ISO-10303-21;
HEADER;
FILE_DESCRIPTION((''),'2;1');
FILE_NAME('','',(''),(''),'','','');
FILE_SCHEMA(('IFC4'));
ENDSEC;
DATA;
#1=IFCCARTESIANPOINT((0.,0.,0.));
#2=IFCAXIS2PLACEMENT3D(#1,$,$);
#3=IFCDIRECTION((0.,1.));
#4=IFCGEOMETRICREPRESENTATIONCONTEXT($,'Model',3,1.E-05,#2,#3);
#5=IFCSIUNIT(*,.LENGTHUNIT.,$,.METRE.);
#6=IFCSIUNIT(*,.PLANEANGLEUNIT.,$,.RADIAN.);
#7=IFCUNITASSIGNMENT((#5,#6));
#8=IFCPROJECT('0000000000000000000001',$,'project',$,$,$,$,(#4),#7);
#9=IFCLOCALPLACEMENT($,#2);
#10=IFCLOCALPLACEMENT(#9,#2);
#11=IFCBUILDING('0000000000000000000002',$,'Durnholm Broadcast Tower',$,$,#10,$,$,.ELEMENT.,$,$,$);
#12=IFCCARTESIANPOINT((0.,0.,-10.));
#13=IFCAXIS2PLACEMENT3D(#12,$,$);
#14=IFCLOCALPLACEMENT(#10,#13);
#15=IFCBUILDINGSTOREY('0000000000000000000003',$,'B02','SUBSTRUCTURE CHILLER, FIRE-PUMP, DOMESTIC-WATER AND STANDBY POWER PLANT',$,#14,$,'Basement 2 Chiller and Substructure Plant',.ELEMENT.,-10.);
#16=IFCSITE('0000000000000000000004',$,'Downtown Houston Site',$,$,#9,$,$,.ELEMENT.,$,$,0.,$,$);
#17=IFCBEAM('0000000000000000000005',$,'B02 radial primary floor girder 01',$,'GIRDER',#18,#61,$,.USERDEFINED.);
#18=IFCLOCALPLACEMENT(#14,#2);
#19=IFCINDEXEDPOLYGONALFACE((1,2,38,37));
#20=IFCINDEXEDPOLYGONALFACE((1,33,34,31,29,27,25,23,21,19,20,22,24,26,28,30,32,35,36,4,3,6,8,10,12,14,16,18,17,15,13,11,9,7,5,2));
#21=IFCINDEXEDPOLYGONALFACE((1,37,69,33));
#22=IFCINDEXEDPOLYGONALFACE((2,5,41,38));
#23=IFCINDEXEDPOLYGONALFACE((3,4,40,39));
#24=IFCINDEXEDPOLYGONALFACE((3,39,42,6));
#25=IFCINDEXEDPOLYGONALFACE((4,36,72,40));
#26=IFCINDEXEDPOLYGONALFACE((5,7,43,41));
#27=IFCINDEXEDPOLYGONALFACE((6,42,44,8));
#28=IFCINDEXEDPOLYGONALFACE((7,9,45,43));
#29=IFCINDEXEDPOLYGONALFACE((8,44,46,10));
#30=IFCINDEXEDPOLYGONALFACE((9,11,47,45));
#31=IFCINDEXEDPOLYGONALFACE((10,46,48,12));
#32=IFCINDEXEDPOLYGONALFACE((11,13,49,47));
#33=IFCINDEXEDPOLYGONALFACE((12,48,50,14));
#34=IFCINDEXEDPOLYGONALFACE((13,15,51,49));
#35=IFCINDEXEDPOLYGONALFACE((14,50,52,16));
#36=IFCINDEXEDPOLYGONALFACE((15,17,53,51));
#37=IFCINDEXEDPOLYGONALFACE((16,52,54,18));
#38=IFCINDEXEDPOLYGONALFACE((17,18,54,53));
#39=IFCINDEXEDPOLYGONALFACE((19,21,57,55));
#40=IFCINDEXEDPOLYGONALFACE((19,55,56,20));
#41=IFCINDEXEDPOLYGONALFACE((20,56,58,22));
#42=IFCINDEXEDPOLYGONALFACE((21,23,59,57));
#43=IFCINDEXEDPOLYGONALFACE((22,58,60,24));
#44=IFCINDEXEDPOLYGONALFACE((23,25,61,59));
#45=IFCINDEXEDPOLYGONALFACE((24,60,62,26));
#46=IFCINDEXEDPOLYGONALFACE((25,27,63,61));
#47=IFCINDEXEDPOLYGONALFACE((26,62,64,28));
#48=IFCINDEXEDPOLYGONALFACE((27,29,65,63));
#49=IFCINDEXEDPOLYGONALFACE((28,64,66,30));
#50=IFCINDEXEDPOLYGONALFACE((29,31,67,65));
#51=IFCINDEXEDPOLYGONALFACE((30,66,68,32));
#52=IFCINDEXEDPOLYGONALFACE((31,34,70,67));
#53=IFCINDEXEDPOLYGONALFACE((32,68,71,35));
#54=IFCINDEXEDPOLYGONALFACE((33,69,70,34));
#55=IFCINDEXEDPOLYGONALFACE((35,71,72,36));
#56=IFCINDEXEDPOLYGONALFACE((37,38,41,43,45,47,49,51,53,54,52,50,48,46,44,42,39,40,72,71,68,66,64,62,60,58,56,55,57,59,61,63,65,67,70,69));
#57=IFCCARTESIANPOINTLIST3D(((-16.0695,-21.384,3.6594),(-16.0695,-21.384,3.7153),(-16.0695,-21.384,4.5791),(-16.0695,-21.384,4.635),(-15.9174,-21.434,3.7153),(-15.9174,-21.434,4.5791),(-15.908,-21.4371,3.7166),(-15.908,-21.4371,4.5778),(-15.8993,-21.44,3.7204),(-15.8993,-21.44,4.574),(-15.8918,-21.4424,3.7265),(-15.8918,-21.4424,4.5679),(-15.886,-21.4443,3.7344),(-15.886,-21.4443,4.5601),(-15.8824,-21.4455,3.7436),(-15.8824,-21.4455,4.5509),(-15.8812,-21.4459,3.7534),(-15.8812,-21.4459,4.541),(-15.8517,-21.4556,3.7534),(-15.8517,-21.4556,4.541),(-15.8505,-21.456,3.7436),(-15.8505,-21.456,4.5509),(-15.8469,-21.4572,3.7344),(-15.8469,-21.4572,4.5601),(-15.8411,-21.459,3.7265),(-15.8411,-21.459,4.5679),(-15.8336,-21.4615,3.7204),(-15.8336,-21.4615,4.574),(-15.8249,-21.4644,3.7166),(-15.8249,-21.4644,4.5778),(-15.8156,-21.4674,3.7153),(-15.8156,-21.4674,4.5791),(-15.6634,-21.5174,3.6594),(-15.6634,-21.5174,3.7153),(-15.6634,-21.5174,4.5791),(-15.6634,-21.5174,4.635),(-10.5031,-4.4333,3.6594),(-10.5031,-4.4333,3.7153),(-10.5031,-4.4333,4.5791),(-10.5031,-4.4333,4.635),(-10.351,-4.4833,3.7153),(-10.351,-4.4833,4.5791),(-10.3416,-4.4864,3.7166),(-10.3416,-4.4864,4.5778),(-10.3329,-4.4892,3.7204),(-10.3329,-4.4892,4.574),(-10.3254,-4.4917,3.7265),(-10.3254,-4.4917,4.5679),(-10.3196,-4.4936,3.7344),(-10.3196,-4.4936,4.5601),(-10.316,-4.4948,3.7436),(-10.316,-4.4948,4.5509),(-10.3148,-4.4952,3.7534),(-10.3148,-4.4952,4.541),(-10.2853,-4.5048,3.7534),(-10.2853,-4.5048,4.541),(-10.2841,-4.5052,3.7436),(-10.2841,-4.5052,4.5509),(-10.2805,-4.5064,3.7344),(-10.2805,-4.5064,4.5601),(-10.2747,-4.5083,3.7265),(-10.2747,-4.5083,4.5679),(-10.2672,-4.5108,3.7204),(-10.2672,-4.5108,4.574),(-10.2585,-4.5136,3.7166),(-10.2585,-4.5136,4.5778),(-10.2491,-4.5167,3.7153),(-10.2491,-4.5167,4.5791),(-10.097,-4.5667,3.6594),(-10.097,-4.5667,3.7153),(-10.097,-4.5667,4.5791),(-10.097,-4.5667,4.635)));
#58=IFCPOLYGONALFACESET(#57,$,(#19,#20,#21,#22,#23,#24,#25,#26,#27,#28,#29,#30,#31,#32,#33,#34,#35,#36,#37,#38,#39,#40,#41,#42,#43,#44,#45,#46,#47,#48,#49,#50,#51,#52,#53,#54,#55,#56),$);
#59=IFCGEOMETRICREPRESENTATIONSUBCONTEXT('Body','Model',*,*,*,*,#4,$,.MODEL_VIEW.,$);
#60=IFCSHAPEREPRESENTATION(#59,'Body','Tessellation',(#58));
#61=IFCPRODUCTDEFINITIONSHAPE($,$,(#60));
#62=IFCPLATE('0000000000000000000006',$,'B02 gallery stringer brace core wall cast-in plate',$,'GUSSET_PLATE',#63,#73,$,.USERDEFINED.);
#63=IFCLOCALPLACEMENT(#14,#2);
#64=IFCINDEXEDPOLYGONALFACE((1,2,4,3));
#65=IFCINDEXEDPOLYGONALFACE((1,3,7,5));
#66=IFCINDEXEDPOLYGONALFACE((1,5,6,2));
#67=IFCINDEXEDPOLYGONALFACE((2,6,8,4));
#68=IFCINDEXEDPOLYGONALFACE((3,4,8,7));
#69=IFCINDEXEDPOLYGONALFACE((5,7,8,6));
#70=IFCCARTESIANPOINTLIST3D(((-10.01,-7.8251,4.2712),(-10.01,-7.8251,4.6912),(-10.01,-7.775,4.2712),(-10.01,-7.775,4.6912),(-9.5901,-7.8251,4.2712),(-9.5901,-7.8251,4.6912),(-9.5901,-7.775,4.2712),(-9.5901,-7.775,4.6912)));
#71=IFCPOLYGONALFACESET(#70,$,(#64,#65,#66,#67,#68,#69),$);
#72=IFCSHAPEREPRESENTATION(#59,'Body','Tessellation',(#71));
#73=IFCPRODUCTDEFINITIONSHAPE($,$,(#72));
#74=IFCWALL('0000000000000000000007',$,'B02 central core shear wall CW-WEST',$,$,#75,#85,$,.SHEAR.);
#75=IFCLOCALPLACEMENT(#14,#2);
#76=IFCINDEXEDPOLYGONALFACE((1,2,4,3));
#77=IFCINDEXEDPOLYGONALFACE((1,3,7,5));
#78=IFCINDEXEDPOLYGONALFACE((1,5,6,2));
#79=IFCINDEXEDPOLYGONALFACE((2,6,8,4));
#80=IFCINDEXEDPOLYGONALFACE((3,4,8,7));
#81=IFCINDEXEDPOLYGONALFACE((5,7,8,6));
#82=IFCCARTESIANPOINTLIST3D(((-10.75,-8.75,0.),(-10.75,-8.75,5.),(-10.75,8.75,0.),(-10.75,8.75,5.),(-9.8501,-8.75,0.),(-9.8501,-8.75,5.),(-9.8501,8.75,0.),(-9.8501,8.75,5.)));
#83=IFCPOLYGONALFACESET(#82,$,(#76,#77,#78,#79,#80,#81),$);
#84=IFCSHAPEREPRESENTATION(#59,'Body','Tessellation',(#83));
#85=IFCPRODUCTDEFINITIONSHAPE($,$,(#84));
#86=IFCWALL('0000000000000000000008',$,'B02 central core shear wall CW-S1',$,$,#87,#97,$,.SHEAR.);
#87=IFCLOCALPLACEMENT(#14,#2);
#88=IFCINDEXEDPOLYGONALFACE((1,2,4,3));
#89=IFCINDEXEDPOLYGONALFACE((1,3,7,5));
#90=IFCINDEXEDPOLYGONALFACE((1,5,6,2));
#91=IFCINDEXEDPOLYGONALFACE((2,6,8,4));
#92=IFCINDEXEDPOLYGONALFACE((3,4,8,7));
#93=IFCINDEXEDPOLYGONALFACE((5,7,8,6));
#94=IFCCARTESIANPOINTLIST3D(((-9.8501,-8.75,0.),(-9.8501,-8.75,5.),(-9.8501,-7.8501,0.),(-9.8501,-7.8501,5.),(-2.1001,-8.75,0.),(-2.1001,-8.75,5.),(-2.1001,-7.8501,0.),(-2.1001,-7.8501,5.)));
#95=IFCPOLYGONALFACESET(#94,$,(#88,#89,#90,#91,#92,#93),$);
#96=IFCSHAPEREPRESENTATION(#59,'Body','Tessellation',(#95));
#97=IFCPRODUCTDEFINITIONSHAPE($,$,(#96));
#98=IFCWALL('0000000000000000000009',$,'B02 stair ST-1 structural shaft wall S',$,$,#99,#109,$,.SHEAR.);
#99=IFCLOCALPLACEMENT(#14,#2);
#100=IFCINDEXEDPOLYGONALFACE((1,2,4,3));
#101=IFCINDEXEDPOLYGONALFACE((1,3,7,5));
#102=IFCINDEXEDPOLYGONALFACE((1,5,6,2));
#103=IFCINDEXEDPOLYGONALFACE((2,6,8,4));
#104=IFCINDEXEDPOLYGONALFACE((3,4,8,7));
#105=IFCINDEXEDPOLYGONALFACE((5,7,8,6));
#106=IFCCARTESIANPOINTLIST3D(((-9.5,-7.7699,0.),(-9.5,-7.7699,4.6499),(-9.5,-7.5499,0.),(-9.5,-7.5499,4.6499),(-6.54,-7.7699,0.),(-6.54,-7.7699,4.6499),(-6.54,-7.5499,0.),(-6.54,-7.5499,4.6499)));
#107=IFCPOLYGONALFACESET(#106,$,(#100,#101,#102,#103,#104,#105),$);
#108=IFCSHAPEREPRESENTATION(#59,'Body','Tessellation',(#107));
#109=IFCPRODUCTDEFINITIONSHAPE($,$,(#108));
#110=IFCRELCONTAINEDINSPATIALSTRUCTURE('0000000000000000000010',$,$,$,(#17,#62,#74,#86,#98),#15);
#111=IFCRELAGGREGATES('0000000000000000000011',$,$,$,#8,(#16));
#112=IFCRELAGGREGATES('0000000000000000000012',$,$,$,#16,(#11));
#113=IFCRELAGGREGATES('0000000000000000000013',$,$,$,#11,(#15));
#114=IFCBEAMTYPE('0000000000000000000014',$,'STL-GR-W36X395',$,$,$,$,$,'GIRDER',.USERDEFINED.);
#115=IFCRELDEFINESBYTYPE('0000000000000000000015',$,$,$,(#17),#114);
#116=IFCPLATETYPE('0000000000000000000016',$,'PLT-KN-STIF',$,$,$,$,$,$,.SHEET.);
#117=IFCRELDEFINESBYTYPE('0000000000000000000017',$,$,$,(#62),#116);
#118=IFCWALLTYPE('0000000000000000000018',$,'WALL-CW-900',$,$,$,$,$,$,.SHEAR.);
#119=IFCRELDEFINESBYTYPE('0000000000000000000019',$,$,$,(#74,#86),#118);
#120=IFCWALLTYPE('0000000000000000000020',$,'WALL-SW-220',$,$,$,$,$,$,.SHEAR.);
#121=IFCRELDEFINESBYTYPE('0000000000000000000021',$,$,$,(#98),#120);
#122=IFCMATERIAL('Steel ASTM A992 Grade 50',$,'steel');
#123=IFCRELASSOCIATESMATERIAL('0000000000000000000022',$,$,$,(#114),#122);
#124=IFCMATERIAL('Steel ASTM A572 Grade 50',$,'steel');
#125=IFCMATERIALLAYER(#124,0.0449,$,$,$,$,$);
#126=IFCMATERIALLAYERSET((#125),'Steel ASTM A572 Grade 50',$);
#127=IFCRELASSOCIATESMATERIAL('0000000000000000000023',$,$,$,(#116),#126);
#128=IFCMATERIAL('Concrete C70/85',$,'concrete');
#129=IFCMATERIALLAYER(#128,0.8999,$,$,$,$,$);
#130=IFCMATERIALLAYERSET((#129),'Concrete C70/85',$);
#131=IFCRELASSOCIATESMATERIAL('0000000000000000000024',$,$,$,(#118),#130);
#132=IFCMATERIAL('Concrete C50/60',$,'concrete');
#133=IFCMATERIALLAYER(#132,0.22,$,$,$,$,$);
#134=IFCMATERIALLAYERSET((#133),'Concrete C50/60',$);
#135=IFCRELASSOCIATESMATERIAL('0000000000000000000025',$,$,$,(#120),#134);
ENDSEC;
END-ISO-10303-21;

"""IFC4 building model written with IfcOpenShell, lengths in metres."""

from ifc_helpers import new_model, si_unit, direction, frame, frame_2d, origin, origin_2d, place, context, subcontext, project, spatial, rectangle, i_section, extrude, source, transform, mapped, material, layer, layer_set, material_profile, profile_set, type_object, type_shapes, element, save


model = new_model("IFC4")

# Units and contexts
model_context = context("Model", 3, precision=1e-05, world=origin(), true_north=direction((0.0, 1.0)))
body_context = subcontext(model_context, "Body", "Model", "MODEL_VIEW")
ifc_project = project(units=[si_unit("LENGTHUNIT", "METRE"), si_unit("PLANEANGLEUNIT", "RADIAN")], contexts=[model_context])

# Site, building, storey
site_placement = place(None, origin())
site = spatial("IfcSite", under=ifc_project, at=site_placement, Name="Downtown Houston Site", CompositionType="ELEMENT", RefElevation=0.0)
building_placement = place(site_placement, origin())
building = spatial("IfcBuilding", under=site, at=building_placement, Name="Durnholm Broadcast Tower", CompositionType="ELEMENT")
storey_placement = place(building_placement, frame((0.0, 0.0, -10.0)))
storey = spatial("IfcBuildingStorey", under=building, at=storey_placement, Name="B02", Description="SUBSTRUCTURE CHILLER, FIRE-PUMP, DOMESTIC-WATER AND STANDBY POWER PLANT", LongName="Basement 2 Chiller and Substructure Plant", CompositionType="ELEMENT", Elevation=-10.0)

# Shared definitions
ifc_material_1 = material(Name="Concrete C50/60", Category="concrete")

# Shared definitions
ifc_material_2 = material(Name="Concrete C70/85", Category="concrete")

# Beam
ifc_material_3 = material(Name="Steel ASTM A992 Grade 50", Category="steel")
ifc_material_profile_1 = material_profile(ifc_material_3, i_section(OverallWidth=0.4275, OverallDepth=0.9756, WebThickness=0.031, FlangeThickness=0.0559, FilletRadius=0.0381, at=origin_2d()), Name="W36X395")
ifc_profile_set_1 = profile_set([ifc_material_profile_1], Name="Steel ASTM A992 Grade 50")
beam_type = type_object("IfcBeamType", Name="STL-GR-W36X395", ElementType="GIRDER", PredefinedType="USERDEFINED", material=ifc_profile_set_1)
shared_shape_1 = source(origin(), body_context, "Body", "SweptSolid", [
    extrude(i_section(OverallWidth=0.4275, OverallDepth=0.9756, WebThickness=0.031, FlangeThickness=0.0559, FilletRadius=0.0381, at=origin_2d()), origin(), (0.0, 0.0, 1.0), 17.8413),
])
type_shapes(beam_type, [shared_shape_1])
beam_placement = place(storey_placement, frame((-10.3, -4.5, 4.1472), z_axis=(-0.311996, -0.950083, 0.0), x_axis=(0.950083, -0.311996, 0.0)))
element("IfcBeam", 1, at=beam_placement, inside=storey, type_object=beam_type, Name="B02 radial primary floor girder 01", ObjectType="GIRDER", PredefinedType="USERDEFINED", context=body_context, shape_type="MappedRepresentation", body=[
    mapped(shared_shape_1, transform((0.0, 0.0, 0.0), x_axis=(1.0, 0.0, 0.0), y_axis=(0.0, 1.0, 0.0), z_axis=(0.0, 0.0, 1.0), scale=1.0)),
])

# Plate
ifc_material_4 = material(Name="Steel ASTM A572 Grade 50", Category="steel")
ifc_layer_1 = layer(ifc_material_4, 0.0449)
ifc_layer_set_1 = layer_set([ifc_layer_1], Name="Steel ASTM A572 Grade 50")
plate_type = type_object("IfcPlateType", Name="PLT-KN-STIF", PredefinedType="SHEET", material=ifc_layer_set_1)
shared_shape_2 = source(origin(), body_context, "Body", "SweptSolid", [
    extrude(rectangle(XDim=0.4199, YDim=0.05, at=origin_2d()), origin(), (0.0, 0.0, 1.0), 0.4199),
])
type_shapes(plate_type, [shared_shape_2])
plate_placement = place(storey_placement, frame((-9.8, -7.8, 4.2712), z_axis=(0.0, 0.0, 1.0), x_axis=(1.0, 0.0, 0.0)))
element("IfcPlate", 2, at=plate_placement, inside=storey, type_object=plate_type, Name="B02 gallery stringer brace core wall cast-in plate", ObjectType="GUSSET_PLATE", PredefinedType="USERDEFINED", context=body_context, shape_type="MappedRepresentation", body=[
    mapped(shared_shape_2, transform((0.0, 0.0, 0.0), x_axis=(1.0, 0.0, 0.0), y_axis=(0.0, 1.0, 0.0), z_axis=(0.0, 0.0, 1.0), scale=1.0)),
])

# Walls
ifc_layer_2 = layer(ifc_material_2, 0.8999)
ifc_layer_set_2 = layer_set([ifc_layer_2], Name="Concrete C70/85")
wall_type_1 = type_object("IfcWallType", Name="WALL-CW-900", PredefinedType="SHEAR", material=ifc_layer_set_2)
wall_1_placement = place(storey_placement, frame((-10.3, -8.75, 0.0), z_axis=(0.0, 0.0, 1.0), x_axis=(0.0, 1.0, 0.0)))
element("IfcWall", 3, at=wall_1_placement, inside=storey, type_object=wall_type_1, Name="B02 central core shear wall CW-WEST", PredefinedType="SHEAR", context=body_context, shape_type="SweptSolid", body=[
    extrude(rectangle(XDim=17.5, YDim=0.8999, at=frame_2d((8.75, 0.0))), origin(), (0.0, 0.0, 1.0), 5.0),
])
wall_2_placement = place(storey_placement, frame((-9.8501, -8.3, 0.0), z_axis=(0.0, 0.0, 1.0), x_axis=(1.0, 0.0, 0.0)))
element("IfcWall", 4, at=wall_2_placement, inside=storey, type_object=wall_type_1, Name="B02 central core shear wall CW-S1", PredefinedType="SHEAR", context=body_context, shape_type="SweptSolid", body=[
    extrude(rectangle(XDim=7.75, YDim=0.8999, at=frame_2d((3.875, 0.0))), origin(), (0.0, 0.0, 1.0), 5.0),
])

# Wall
ifc_layer_3 = layer(ifc_material_1, 0.22)
ifc_layer_set_3 = layer_set([ifc_layer_3], Name="Concrete C50/60")
wall_type_2 = type_object("IfcWallType", Name="WALL-SW-220", PredefinedType="SHEAR", material=ifc_layer_set_3)
wall_3_placement = place(storey_placement, frame((-9.5, -7.6599, 0.0), z_axis=(0.0, 0.0, 1.0), x_axis=(1.0, 0.0, 0.0)))
element("IfcWall", 5, at=wall_3_placement, inside=storey, type_object=wall_type_2, Name="B02 stair ST-1 structural shaft wall S", PredefinedType="SHEAR", context=body_context, shape_type="SweptSolid", body=[
    extrude(rectangle(XDim=2.96, YDim=0.22, at=frame_2d((1.48, 0.0))), origin(), (0.0, 0.0, 1.0), 4.6499),
])

save(model, "model.ifc")
